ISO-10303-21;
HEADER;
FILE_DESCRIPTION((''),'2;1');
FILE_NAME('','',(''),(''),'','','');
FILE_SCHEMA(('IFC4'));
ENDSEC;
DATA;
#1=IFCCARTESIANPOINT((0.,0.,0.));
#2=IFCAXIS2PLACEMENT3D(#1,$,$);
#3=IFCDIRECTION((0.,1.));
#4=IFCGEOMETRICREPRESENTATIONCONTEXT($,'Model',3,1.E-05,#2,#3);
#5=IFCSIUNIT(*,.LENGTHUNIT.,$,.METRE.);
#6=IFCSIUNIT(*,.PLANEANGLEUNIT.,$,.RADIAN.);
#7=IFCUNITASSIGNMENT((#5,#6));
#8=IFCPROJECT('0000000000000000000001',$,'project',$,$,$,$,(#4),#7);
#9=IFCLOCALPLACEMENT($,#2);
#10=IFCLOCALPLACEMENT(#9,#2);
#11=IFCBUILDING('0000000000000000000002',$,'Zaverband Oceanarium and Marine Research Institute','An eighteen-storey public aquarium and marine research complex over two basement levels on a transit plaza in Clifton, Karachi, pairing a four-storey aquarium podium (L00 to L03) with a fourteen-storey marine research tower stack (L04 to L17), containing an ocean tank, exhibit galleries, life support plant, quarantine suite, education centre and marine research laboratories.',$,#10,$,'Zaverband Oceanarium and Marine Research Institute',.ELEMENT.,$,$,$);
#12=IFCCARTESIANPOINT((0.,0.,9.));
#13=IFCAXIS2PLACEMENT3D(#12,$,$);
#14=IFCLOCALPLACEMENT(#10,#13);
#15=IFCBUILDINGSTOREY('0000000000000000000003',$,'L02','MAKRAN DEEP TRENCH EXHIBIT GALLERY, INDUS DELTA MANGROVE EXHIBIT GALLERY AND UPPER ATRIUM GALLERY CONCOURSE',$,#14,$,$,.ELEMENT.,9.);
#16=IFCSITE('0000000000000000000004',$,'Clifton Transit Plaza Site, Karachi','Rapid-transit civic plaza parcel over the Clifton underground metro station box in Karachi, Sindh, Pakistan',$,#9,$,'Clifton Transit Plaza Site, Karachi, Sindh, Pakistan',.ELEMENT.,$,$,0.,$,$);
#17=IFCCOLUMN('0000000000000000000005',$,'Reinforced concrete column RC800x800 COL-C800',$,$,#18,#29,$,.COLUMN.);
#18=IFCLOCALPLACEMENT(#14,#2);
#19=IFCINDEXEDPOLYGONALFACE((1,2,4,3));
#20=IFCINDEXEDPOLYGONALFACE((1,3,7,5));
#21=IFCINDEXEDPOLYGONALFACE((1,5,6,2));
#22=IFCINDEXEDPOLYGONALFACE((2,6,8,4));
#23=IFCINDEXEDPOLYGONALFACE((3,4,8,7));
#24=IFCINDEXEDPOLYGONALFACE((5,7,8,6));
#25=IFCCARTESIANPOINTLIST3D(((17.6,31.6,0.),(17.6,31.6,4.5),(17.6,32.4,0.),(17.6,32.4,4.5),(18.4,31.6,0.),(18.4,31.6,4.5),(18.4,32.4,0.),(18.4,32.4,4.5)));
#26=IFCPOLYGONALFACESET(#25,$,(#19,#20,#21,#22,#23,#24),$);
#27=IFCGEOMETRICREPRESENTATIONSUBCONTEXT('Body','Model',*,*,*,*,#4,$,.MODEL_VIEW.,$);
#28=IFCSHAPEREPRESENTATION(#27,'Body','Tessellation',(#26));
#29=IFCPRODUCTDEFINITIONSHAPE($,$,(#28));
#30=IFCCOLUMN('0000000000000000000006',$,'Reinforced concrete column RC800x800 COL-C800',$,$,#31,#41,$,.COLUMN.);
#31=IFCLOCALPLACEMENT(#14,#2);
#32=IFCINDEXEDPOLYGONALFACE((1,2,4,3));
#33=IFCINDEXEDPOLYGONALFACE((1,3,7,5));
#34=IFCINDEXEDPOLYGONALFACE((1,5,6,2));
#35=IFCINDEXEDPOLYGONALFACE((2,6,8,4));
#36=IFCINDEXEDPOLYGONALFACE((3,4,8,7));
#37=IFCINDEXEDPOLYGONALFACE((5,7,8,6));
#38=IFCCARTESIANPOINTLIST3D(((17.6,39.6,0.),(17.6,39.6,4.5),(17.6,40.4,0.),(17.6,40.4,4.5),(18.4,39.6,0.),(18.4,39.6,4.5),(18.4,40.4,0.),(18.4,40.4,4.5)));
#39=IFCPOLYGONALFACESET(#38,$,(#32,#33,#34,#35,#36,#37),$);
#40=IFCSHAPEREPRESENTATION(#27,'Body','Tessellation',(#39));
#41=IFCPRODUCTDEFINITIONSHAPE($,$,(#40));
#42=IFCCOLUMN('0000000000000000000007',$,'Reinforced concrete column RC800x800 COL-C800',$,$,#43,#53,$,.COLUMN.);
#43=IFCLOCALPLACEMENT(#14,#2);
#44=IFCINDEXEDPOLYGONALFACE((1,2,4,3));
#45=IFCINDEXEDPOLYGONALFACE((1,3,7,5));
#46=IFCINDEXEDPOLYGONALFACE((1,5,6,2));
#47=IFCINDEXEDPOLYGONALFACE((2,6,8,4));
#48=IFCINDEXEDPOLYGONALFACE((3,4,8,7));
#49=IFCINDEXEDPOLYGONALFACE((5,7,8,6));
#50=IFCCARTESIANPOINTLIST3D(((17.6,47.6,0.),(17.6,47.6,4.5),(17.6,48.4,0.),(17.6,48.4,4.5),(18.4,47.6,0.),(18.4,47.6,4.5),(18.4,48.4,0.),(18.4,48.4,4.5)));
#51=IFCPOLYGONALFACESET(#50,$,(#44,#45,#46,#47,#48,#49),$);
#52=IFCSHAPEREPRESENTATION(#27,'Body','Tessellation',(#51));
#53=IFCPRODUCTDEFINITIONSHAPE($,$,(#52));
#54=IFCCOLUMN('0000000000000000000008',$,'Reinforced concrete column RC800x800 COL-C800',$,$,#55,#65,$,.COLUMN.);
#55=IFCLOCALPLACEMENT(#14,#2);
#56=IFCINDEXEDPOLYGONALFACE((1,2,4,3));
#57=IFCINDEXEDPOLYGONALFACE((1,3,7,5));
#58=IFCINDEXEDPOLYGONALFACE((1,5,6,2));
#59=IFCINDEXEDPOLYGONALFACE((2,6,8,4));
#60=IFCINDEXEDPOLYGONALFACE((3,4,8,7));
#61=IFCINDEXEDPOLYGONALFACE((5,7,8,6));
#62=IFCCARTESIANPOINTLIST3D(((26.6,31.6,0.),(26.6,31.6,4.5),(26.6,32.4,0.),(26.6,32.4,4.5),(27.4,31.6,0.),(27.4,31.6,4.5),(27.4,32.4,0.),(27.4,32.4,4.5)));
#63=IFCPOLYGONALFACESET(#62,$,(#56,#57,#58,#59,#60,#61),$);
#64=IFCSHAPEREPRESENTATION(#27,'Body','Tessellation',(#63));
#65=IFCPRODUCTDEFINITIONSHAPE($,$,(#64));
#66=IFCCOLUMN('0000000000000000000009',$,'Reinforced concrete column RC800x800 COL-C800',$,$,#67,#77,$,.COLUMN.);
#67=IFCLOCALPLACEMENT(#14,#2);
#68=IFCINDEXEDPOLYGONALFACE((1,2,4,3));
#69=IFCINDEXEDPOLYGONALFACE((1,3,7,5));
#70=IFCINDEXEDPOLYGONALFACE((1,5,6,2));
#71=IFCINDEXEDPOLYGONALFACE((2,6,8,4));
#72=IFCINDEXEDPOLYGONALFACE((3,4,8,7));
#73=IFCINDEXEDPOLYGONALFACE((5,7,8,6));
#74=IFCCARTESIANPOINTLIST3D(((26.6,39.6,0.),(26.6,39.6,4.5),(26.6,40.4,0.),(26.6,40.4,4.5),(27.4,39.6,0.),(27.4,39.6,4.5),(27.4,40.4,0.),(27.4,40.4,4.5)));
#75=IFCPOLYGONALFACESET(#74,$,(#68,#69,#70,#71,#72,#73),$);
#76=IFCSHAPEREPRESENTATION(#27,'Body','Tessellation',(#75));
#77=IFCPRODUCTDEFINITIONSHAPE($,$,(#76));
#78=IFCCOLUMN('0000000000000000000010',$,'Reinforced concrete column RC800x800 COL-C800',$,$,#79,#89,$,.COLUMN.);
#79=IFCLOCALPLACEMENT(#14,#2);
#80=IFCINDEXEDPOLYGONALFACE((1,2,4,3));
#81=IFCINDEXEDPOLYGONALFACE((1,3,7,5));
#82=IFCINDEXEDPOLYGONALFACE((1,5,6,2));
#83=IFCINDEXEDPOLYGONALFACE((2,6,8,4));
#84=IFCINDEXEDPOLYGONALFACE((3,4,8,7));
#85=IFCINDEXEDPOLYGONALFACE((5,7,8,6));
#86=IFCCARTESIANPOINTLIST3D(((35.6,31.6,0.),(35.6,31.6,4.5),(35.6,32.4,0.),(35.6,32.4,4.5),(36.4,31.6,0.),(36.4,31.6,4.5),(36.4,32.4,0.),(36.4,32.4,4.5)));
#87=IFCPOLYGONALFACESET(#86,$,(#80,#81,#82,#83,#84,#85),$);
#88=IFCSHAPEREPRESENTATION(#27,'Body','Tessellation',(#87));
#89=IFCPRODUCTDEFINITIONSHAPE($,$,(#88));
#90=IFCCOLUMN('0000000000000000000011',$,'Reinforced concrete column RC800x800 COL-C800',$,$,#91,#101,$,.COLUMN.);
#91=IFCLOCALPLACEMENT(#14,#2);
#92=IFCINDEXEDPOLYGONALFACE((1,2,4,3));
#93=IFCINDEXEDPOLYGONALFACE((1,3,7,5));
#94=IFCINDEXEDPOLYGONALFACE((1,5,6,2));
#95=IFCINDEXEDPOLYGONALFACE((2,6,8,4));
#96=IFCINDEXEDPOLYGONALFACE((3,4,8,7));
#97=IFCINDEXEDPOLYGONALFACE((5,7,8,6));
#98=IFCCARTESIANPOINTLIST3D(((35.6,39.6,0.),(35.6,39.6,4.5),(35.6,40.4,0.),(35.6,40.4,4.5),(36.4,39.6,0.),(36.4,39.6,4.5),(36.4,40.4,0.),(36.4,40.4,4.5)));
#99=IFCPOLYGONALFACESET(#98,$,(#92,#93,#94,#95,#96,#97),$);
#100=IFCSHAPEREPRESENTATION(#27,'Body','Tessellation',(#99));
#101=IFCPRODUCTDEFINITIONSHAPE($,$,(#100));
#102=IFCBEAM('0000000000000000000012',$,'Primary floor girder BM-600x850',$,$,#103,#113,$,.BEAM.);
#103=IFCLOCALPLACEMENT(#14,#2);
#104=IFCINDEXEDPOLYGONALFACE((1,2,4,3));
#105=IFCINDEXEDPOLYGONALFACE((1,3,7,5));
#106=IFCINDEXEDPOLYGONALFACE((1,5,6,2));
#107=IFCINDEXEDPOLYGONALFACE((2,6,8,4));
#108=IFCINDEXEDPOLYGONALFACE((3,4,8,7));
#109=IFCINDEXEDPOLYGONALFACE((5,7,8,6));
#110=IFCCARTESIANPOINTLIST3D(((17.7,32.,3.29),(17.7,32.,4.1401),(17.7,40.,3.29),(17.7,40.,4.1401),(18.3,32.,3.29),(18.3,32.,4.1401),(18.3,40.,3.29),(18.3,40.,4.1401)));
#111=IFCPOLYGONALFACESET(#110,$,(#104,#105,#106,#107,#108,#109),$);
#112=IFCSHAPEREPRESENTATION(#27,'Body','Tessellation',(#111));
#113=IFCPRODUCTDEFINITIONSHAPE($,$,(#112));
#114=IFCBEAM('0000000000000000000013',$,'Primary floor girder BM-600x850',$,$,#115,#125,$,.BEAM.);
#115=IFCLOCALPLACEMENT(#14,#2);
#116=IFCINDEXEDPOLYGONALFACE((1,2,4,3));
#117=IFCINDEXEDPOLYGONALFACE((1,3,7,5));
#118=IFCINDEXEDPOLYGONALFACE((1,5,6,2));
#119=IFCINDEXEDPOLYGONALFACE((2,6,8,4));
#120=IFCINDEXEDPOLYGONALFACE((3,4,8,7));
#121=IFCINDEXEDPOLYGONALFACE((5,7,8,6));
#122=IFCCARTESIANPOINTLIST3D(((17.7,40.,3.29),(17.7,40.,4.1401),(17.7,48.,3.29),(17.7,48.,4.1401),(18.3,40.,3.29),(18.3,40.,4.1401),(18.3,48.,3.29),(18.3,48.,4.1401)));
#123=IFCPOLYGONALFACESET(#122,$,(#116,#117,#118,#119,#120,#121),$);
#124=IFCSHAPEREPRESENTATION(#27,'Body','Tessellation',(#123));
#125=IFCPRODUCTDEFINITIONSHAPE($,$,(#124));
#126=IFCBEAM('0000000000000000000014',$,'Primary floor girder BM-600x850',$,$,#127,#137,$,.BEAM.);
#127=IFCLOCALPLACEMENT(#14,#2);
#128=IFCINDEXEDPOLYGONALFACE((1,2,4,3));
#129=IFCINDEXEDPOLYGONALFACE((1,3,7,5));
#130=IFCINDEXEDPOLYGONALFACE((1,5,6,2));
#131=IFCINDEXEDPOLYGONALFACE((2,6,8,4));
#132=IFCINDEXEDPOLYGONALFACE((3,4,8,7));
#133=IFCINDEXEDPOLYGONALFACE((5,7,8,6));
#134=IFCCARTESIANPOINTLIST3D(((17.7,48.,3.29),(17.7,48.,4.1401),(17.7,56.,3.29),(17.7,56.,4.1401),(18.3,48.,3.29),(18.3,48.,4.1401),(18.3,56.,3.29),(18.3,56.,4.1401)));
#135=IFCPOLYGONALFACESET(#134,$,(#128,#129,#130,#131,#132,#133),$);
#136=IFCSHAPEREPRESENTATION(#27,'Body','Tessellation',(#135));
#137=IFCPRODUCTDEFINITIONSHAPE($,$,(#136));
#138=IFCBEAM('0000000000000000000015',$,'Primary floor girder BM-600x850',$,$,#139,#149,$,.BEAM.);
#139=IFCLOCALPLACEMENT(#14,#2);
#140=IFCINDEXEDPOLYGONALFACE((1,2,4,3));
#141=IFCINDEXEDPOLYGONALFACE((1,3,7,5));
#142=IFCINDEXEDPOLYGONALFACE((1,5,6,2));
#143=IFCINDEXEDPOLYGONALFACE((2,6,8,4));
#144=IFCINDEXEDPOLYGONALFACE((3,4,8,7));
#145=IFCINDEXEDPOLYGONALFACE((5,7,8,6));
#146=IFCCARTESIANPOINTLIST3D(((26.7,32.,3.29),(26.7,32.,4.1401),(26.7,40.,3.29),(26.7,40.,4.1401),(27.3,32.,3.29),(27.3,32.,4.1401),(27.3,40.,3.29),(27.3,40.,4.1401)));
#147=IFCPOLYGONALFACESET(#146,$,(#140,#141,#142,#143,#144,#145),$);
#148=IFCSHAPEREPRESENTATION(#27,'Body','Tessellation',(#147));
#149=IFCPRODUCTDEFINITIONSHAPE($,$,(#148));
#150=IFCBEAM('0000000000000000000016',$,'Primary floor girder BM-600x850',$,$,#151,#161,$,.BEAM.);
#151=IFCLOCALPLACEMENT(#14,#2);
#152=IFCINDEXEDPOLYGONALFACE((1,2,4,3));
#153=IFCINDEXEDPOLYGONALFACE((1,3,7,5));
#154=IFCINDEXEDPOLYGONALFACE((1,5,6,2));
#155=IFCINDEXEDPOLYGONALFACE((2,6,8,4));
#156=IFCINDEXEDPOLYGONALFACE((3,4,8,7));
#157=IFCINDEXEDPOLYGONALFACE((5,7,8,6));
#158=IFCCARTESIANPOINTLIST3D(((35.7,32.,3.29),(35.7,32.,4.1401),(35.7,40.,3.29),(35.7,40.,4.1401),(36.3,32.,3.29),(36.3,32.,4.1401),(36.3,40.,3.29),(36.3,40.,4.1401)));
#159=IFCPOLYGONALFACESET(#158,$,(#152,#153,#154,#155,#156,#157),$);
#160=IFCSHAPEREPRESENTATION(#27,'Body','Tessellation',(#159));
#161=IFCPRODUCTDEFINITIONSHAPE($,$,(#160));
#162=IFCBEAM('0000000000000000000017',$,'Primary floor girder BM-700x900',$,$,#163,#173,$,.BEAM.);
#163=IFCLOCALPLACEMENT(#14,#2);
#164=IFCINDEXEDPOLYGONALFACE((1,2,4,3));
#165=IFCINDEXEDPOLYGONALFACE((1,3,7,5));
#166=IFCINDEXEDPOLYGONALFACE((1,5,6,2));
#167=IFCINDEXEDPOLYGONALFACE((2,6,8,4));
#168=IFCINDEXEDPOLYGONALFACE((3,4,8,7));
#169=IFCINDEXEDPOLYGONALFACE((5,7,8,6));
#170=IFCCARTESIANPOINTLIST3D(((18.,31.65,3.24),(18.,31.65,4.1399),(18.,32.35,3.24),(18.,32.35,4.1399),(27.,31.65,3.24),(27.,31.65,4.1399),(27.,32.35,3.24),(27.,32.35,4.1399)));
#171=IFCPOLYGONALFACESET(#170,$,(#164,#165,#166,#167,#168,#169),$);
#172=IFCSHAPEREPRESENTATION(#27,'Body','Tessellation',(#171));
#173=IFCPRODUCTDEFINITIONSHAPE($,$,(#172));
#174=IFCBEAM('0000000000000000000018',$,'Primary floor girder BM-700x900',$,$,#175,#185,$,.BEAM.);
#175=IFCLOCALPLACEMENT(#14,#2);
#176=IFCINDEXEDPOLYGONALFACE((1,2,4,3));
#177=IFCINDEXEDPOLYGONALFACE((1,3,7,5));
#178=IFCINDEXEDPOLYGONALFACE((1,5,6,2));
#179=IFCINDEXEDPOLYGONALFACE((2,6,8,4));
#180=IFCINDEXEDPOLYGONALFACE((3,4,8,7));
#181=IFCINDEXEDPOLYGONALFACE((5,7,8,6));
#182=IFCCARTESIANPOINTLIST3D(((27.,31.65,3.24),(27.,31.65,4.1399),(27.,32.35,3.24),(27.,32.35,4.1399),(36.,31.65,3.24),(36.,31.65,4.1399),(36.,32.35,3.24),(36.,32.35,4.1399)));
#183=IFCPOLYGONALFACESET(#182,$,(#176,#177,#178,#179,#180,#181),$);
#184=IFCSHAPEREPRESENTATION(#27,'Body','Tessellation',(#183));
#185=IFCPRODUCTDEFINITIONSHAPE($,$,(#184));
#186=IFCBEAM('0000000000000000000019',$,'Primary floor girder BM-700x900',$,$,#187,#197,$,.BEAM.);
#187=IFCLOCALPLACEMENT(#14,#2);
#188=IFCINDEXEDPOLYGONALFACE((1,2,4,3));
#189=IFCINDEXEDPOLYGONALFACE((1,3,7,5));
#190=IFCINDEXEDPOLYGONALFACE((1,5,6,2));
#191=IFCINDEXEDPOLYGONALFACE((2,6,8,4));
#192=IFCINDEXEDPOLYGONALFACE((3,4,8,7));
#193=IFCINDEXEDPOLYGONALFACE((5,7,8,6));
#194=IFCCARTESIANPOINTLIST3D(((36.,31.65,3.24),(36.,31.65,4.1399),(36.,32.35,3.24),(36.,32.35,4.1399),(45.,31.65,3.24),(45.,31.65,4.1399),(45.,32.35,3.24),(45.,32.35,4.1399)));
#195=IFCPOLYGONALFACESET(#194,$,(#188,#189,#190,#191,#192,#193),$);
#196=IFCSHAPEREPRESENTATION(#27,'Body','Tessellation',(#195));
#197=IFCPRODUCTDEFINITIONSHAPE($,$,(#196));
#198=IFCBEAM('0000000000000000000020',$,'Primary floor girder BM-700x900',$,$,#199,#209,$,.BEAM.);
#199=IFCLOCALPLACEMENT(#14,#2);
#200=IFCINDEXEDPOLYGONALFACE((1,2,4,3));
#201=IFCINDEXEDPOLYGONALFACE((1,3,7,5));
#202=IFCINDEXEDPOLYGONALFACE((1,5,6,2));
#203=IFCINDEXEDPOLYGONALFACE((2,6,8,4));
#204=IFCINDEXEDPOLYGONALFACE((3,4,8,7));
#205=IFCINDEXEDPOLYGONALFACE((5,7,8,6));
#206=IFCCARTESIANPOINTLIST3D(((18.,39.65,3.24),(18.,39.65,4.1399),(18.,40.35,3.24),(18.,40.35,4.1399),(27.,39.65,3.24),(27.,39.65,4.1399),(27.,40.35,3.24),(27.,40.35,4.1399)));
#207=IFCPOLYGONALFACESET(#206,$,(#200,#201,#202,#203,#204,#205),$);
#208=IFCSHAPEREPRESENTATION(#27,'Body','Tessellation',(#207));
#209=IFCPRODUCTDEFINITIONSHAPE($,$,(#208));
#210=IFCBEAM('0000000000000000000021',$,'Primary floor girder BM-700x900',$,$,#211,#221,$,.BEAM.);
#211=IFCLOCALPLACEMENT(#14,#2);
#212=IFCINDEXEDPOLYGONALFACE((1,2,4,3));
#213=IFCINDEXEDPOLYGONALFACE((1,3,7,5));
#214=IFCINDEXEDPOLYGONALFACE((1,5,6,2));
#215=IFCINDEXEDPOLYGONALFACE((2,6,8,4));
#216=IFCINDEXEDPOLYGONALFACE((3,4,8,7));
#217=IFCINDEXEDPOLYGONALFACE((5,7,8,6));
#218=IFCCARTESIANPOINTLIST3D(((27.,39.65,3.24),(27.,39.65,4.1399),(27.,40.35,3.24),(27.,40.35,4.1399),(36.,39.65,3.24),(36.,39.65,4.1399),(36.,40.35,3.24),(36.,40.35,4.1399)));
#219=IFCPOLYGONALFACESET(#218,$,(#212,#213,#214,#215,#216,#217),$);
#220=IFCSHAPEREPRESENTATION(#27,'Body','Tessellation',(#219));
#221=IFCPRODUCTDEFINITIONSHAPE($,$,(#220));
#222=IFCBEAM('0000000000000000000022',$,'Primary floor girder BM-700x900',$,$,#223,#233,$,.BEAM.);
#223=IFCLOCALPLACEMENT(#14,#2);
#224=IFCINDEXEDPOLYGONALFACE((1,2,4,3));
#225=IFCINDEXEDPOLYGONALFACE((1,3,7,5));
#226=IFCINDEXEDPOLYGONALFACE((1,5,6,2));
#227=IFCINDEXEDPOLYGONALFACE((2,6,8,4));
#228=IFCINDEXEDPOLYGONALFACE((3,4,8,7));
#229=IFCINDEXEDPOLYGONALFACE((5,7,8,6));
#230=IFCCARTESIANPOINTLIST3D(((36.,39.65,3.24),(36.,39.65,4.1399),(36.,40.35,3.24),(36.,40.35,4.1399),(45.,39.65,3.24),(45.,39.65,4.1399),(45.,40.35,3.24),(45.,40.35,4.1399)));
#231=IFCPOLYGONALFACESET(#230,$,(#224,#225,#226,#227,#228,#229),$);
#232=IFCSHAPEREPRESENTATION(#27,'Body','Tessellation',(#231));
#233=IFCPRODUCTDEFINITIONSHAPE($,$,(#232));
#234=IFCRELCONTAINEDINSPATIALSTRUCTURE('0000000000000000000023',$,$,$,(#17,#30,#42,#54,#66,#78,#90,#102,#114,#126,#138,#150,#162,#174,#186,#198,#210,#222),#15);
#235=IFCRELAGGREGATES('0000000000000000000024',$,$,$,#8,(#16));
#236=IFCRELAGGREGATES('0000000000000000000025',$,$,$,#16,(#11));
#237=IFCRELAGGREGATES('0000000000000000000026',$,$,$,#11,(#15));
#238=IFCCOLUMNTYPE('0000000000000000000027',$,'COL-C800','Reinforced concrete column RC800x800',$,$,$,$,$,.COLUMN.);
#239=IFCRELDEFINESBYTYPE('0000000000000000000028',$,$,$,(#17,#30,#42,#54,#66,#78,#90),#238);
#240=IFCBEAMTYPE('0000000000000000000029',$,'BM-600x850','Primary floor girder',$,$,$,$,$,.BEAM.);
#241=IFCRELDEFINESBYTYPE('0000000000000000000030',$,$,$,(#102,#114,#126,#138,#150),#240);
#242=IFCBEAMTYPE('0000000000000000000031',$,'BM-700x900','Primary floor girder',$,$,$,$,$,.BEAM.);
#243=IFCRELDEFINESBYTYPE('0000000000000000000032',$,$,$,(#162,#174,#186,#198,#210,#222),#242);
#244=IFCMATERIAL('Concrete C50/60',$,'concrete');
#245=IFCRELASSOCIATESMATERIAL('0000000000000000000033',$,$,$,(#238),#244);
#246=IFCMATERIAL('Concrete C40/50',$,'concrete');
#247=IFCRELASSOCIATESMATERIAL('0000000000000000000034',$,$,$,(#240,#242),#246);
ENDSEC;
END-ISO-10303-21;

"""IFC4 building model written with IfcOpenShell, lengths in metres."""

from ifc_helpers import new_model, si_unit, direction, frame, origin, origin_2d, place, context, subcontext, project, spatial, rectangle, extrude, material, material_profile, profile_set, type_object, element, save


model = new_model("IFC4")

# Units and contexts
model_context = context("Model", 3, precision=1e-05, world=origin(), true_north=direction((0.0, 1.0)))
body_context = subcontext(model_context, "Body", "Model", "MODEL_VIEW")
ifc_project = project(units=[si_unit("LENGTHUNIT", "METRE"), si_unit("PLANEANGLEUNIT", "RADIAN")], contexts=[model_context])

# Site, building, storey
site_placement = place(None, origin())
site = spatial("IfcSite", under=ifc_project, at=site_placement, Name="Clifton Transit Plaza Site, Karachi", Description="Rapid-transit civic plaza parcel over the Clifton underground metro station box in Karachi, Sindh, Pakistan", LongName="Clifton Transit Plaza Site, Karachi, Sindh, Pakistan", CompositionType="ELEMENT", RefElevation=0.0)
building_placement = place(site_placement, origin())
building = spatial("IfcBuilding", under=site, at=building_placement, Name="Zaverband Oceanarium and Marine Research Institute", Description="An eighteen-storey public aquarium and marine research complex over two basement levels on a transit plaza in Clifton, Karachi, pairing a four-storey aquarium podium (L00 to L03) with a fourteen-storey marine research tower stack (L04 to L17), containing an ocean tank, exhibit galleries, life support plant, quarantine suite, education centre and marine research laboratories.", LongName="Zaverband Oceanarium and Marine Research Institute", CompositionType="ELEMENT")
storey_placement = place(building_placement, frame((0.0, 0.0, 9.0)))
storey = spatial("IfcBuildingStorey", under=building, at=storey_placement, Name="L02", Description="MAKRAN DEEP TRENCH EXHIBIT GALLERY, INDUS DELTA MANGROVE EXHIBIT GALLERY AND UPPER ATRIUM GALLERY CONCOURSE", CompositionType="ELEMENT", Elevation=9.0)

# Columns
ifc_material_1 = material(Name="Concrete C50/60", Category="concrete")
ifc_material_profile_1 = material_profile(ifc_material_1, rectangle(XDim=0.8, YDim=0.8, at=origin_2d()), Name="RC800x800")
ifc_profile_set_1 = profile_set([ifc_material_profile_1], Name="Concrete C50/60")
column_type = type_object("IfcColumnType", Name="COL-C800", Description="Reinforced concrete column RC800x800", PredefinedType="COLUMN", material=ifc_profile_set_1)
for number, where, z_axis, x_axis, name in (
    (1, (18.0, 32.0, 0.0), (0.0, 0.0, 1.0), (1.0, 0.0, 0.0), "Reinforced concrete column RC800x800 COL-C800"),
    (2, (18.0, 40.0, 0.0), (0.0, 0.0, 1.0), (1.0, 0.0, 0.0), "Reinforced concrete column RC800x800 COL-C800"),
    (3, (18.0, 48.0, 0.0), (0.0, 0.0, 1.0), (1.0, 0.0, 0.0), "Reinforced concrete column RC800x800 COL-C800"),
    (4, (27.0, 32.0, 0.0), (0.0, 0.0, 1.0), (1.0, 0.0, 0.0), "Reinforced concrete column RC800x800 COL-C800"),
    (5, (27.0, 40.0, 0.0), (0.0, 0.0, 1.0), (1.0, 0.0, 0.0), "Reinforced concrete column RC800x800 COL-C800"),
    (6, (36.0, 32.0, 0.0), (0.0, 0.0, 1.0), (1.0, 0.0, 0.0), "Reinforced concrete column RC800x800 COL-C800"),
    (7, (36.0, 40.0, 0.0), (0.0, 0.0, 1.0), (1.0, 0.0, 0.0), "Reinforced concrete column RC800x800 COL-C800"),
):
    element("IfcColumn", number, at=place(storey_placement, frame(where, z_axis=z_axis, x_axis=x_axis)), inside=storey, type_object=column_type, Name=name, PredefinedType="COLUMN", context=body_context, shape_type="SweptSolid", body=[
        extrude(rectangle(XDim=0.8, YDim=0.8, at=origin_2d()), origin(), (0.0, 0.0, 1.0), 4.5),
    ])

# Beams
ifc_material_2 = material(Name="Concrete C40/50", Category="concrete")
ifc_material_profile_2 = material_profile(ifc_material_2, rectangle(XDim=0.6001, YDim=0.8501, at=origin_2d()), Name="RC600x850")
ifc_profile_set_2 = profile_set([ifc_material_profile_2], Name="Concrete C40/50")
beam_type_1 = type_object("IfcBeamType", Name="BM-600x850", Description="Primary floor girder", PredefinedType="BEAM", material=ifc_profile_set_2)
for number, where, z_axis, x_axis, name in (
    (8, (18.0, 32.0, 3.7151), (0.0, 1.0, 0.0), (-1.0, 0.0, 0.0), "Primary floor girder BM-600x850"),
    (9, (18.0, 40.0, 3.7151), (0.0, 1.0, 0.0), (-1.0, 0.0, 0.0), "Primary floor girder BM-600x850"),
    (10, (18.0, 48.0, 3.7151), (0.0, 1.0, 0.0), (-1.0, 0.0, 0.0), "Primary floor girder BM-600x850"),
    (11, (27.0, 32.0, 3.7151), (0.0, 1.0, 0.0), (-1.0, 0.0, 0.0), "Primary floor girder BM-600x850"),
    (12, (36.0, 32.0, 3.7151), (0.0, 1.0, 0.0), (-1.0, 0.0, 0.0), "Primary floor girder BM-600x850"),
):
    element("IfcBeam", number, at=place(storey_placement, frame(where, z_axis=z_axis, x_axis=x_axis)), inside=storey, type_object=beam_type_1, Name=name, PredefinedType="BEAM", context=body_context, shape_type="SweptSolid", body=[
        extrude(rectangle(XDim=0.6001, YDim=0.8501, at=origin_2d()), origin(), (0.0, 0.0, 1.0), 8.0),
    ])
ifc_material_profile_3 = material_profile(ifc_material_2, rectangle(XDim=0.7, YDim=0.8999, at=origin_2d()), Name="RC700x900")
ifc_profile_set_3 = profile_set([ifc_material_profile_3], Name="Concrete C40/50")
beam_type_2 = type_object("IfcBeamType", Name="BM-700x900", Description="Primary floor girder", PredefinedType="BEAM", material=ifc_profile_set_3)
for number, where, z_axis, x_axis, name in (
    (13, (18.0, 32.0, 3.6899), (1.0, 0.0, 0.0), (0.0, 1.0, 0.0), "Primary floor girder BM-700x900"),
    (14, (27.0, 32.0, 3.6899), (1.0, 0.0, 0.0), (0.0, 1.0, 0.0), "Primary floor girder BM-700x900"),
    (15, (36.0, 32.0, 3.6899), (1.0, 0.0, 0.0), (0.0, 1.0, 0.0), "Primary floor girder BM-700x900"),
    (16, (18.0, 40.0, 3.6899), (1.0, 0.0, 0.0), (0.0, 1.0, 0.0), "Primary floor girder BM-700x900"),
    (17, (27.0, 40.0, 3.6899), (1.0, 0.0, 0.0), (0.0, 1.0, 0.0), "Primary floor girder BM-700x900"),
    (18, (36.0, 40.0, 3.6899), (1.0, 0.0, 0.0), (0.0, 1.0, 0.0), "Primary floor girder BM-700x900"),
):
    element("IfcBeam", number, at=place(storey_placement, frame(where, z_axis=z_axis, x_axis=x_axis)), inside=storey, type_object=beam_type_2, Name=name, PredefinedType="BEAM", context=body_context, shape_type="SweptSolid", body=[
        extrude(rectangle(XDim=0.7, YDim=0.8999, at=origin_2d()), origin(), (0.0, 0.0, 1.0), 9.0),
    ])

save(model, "model.ifc")
